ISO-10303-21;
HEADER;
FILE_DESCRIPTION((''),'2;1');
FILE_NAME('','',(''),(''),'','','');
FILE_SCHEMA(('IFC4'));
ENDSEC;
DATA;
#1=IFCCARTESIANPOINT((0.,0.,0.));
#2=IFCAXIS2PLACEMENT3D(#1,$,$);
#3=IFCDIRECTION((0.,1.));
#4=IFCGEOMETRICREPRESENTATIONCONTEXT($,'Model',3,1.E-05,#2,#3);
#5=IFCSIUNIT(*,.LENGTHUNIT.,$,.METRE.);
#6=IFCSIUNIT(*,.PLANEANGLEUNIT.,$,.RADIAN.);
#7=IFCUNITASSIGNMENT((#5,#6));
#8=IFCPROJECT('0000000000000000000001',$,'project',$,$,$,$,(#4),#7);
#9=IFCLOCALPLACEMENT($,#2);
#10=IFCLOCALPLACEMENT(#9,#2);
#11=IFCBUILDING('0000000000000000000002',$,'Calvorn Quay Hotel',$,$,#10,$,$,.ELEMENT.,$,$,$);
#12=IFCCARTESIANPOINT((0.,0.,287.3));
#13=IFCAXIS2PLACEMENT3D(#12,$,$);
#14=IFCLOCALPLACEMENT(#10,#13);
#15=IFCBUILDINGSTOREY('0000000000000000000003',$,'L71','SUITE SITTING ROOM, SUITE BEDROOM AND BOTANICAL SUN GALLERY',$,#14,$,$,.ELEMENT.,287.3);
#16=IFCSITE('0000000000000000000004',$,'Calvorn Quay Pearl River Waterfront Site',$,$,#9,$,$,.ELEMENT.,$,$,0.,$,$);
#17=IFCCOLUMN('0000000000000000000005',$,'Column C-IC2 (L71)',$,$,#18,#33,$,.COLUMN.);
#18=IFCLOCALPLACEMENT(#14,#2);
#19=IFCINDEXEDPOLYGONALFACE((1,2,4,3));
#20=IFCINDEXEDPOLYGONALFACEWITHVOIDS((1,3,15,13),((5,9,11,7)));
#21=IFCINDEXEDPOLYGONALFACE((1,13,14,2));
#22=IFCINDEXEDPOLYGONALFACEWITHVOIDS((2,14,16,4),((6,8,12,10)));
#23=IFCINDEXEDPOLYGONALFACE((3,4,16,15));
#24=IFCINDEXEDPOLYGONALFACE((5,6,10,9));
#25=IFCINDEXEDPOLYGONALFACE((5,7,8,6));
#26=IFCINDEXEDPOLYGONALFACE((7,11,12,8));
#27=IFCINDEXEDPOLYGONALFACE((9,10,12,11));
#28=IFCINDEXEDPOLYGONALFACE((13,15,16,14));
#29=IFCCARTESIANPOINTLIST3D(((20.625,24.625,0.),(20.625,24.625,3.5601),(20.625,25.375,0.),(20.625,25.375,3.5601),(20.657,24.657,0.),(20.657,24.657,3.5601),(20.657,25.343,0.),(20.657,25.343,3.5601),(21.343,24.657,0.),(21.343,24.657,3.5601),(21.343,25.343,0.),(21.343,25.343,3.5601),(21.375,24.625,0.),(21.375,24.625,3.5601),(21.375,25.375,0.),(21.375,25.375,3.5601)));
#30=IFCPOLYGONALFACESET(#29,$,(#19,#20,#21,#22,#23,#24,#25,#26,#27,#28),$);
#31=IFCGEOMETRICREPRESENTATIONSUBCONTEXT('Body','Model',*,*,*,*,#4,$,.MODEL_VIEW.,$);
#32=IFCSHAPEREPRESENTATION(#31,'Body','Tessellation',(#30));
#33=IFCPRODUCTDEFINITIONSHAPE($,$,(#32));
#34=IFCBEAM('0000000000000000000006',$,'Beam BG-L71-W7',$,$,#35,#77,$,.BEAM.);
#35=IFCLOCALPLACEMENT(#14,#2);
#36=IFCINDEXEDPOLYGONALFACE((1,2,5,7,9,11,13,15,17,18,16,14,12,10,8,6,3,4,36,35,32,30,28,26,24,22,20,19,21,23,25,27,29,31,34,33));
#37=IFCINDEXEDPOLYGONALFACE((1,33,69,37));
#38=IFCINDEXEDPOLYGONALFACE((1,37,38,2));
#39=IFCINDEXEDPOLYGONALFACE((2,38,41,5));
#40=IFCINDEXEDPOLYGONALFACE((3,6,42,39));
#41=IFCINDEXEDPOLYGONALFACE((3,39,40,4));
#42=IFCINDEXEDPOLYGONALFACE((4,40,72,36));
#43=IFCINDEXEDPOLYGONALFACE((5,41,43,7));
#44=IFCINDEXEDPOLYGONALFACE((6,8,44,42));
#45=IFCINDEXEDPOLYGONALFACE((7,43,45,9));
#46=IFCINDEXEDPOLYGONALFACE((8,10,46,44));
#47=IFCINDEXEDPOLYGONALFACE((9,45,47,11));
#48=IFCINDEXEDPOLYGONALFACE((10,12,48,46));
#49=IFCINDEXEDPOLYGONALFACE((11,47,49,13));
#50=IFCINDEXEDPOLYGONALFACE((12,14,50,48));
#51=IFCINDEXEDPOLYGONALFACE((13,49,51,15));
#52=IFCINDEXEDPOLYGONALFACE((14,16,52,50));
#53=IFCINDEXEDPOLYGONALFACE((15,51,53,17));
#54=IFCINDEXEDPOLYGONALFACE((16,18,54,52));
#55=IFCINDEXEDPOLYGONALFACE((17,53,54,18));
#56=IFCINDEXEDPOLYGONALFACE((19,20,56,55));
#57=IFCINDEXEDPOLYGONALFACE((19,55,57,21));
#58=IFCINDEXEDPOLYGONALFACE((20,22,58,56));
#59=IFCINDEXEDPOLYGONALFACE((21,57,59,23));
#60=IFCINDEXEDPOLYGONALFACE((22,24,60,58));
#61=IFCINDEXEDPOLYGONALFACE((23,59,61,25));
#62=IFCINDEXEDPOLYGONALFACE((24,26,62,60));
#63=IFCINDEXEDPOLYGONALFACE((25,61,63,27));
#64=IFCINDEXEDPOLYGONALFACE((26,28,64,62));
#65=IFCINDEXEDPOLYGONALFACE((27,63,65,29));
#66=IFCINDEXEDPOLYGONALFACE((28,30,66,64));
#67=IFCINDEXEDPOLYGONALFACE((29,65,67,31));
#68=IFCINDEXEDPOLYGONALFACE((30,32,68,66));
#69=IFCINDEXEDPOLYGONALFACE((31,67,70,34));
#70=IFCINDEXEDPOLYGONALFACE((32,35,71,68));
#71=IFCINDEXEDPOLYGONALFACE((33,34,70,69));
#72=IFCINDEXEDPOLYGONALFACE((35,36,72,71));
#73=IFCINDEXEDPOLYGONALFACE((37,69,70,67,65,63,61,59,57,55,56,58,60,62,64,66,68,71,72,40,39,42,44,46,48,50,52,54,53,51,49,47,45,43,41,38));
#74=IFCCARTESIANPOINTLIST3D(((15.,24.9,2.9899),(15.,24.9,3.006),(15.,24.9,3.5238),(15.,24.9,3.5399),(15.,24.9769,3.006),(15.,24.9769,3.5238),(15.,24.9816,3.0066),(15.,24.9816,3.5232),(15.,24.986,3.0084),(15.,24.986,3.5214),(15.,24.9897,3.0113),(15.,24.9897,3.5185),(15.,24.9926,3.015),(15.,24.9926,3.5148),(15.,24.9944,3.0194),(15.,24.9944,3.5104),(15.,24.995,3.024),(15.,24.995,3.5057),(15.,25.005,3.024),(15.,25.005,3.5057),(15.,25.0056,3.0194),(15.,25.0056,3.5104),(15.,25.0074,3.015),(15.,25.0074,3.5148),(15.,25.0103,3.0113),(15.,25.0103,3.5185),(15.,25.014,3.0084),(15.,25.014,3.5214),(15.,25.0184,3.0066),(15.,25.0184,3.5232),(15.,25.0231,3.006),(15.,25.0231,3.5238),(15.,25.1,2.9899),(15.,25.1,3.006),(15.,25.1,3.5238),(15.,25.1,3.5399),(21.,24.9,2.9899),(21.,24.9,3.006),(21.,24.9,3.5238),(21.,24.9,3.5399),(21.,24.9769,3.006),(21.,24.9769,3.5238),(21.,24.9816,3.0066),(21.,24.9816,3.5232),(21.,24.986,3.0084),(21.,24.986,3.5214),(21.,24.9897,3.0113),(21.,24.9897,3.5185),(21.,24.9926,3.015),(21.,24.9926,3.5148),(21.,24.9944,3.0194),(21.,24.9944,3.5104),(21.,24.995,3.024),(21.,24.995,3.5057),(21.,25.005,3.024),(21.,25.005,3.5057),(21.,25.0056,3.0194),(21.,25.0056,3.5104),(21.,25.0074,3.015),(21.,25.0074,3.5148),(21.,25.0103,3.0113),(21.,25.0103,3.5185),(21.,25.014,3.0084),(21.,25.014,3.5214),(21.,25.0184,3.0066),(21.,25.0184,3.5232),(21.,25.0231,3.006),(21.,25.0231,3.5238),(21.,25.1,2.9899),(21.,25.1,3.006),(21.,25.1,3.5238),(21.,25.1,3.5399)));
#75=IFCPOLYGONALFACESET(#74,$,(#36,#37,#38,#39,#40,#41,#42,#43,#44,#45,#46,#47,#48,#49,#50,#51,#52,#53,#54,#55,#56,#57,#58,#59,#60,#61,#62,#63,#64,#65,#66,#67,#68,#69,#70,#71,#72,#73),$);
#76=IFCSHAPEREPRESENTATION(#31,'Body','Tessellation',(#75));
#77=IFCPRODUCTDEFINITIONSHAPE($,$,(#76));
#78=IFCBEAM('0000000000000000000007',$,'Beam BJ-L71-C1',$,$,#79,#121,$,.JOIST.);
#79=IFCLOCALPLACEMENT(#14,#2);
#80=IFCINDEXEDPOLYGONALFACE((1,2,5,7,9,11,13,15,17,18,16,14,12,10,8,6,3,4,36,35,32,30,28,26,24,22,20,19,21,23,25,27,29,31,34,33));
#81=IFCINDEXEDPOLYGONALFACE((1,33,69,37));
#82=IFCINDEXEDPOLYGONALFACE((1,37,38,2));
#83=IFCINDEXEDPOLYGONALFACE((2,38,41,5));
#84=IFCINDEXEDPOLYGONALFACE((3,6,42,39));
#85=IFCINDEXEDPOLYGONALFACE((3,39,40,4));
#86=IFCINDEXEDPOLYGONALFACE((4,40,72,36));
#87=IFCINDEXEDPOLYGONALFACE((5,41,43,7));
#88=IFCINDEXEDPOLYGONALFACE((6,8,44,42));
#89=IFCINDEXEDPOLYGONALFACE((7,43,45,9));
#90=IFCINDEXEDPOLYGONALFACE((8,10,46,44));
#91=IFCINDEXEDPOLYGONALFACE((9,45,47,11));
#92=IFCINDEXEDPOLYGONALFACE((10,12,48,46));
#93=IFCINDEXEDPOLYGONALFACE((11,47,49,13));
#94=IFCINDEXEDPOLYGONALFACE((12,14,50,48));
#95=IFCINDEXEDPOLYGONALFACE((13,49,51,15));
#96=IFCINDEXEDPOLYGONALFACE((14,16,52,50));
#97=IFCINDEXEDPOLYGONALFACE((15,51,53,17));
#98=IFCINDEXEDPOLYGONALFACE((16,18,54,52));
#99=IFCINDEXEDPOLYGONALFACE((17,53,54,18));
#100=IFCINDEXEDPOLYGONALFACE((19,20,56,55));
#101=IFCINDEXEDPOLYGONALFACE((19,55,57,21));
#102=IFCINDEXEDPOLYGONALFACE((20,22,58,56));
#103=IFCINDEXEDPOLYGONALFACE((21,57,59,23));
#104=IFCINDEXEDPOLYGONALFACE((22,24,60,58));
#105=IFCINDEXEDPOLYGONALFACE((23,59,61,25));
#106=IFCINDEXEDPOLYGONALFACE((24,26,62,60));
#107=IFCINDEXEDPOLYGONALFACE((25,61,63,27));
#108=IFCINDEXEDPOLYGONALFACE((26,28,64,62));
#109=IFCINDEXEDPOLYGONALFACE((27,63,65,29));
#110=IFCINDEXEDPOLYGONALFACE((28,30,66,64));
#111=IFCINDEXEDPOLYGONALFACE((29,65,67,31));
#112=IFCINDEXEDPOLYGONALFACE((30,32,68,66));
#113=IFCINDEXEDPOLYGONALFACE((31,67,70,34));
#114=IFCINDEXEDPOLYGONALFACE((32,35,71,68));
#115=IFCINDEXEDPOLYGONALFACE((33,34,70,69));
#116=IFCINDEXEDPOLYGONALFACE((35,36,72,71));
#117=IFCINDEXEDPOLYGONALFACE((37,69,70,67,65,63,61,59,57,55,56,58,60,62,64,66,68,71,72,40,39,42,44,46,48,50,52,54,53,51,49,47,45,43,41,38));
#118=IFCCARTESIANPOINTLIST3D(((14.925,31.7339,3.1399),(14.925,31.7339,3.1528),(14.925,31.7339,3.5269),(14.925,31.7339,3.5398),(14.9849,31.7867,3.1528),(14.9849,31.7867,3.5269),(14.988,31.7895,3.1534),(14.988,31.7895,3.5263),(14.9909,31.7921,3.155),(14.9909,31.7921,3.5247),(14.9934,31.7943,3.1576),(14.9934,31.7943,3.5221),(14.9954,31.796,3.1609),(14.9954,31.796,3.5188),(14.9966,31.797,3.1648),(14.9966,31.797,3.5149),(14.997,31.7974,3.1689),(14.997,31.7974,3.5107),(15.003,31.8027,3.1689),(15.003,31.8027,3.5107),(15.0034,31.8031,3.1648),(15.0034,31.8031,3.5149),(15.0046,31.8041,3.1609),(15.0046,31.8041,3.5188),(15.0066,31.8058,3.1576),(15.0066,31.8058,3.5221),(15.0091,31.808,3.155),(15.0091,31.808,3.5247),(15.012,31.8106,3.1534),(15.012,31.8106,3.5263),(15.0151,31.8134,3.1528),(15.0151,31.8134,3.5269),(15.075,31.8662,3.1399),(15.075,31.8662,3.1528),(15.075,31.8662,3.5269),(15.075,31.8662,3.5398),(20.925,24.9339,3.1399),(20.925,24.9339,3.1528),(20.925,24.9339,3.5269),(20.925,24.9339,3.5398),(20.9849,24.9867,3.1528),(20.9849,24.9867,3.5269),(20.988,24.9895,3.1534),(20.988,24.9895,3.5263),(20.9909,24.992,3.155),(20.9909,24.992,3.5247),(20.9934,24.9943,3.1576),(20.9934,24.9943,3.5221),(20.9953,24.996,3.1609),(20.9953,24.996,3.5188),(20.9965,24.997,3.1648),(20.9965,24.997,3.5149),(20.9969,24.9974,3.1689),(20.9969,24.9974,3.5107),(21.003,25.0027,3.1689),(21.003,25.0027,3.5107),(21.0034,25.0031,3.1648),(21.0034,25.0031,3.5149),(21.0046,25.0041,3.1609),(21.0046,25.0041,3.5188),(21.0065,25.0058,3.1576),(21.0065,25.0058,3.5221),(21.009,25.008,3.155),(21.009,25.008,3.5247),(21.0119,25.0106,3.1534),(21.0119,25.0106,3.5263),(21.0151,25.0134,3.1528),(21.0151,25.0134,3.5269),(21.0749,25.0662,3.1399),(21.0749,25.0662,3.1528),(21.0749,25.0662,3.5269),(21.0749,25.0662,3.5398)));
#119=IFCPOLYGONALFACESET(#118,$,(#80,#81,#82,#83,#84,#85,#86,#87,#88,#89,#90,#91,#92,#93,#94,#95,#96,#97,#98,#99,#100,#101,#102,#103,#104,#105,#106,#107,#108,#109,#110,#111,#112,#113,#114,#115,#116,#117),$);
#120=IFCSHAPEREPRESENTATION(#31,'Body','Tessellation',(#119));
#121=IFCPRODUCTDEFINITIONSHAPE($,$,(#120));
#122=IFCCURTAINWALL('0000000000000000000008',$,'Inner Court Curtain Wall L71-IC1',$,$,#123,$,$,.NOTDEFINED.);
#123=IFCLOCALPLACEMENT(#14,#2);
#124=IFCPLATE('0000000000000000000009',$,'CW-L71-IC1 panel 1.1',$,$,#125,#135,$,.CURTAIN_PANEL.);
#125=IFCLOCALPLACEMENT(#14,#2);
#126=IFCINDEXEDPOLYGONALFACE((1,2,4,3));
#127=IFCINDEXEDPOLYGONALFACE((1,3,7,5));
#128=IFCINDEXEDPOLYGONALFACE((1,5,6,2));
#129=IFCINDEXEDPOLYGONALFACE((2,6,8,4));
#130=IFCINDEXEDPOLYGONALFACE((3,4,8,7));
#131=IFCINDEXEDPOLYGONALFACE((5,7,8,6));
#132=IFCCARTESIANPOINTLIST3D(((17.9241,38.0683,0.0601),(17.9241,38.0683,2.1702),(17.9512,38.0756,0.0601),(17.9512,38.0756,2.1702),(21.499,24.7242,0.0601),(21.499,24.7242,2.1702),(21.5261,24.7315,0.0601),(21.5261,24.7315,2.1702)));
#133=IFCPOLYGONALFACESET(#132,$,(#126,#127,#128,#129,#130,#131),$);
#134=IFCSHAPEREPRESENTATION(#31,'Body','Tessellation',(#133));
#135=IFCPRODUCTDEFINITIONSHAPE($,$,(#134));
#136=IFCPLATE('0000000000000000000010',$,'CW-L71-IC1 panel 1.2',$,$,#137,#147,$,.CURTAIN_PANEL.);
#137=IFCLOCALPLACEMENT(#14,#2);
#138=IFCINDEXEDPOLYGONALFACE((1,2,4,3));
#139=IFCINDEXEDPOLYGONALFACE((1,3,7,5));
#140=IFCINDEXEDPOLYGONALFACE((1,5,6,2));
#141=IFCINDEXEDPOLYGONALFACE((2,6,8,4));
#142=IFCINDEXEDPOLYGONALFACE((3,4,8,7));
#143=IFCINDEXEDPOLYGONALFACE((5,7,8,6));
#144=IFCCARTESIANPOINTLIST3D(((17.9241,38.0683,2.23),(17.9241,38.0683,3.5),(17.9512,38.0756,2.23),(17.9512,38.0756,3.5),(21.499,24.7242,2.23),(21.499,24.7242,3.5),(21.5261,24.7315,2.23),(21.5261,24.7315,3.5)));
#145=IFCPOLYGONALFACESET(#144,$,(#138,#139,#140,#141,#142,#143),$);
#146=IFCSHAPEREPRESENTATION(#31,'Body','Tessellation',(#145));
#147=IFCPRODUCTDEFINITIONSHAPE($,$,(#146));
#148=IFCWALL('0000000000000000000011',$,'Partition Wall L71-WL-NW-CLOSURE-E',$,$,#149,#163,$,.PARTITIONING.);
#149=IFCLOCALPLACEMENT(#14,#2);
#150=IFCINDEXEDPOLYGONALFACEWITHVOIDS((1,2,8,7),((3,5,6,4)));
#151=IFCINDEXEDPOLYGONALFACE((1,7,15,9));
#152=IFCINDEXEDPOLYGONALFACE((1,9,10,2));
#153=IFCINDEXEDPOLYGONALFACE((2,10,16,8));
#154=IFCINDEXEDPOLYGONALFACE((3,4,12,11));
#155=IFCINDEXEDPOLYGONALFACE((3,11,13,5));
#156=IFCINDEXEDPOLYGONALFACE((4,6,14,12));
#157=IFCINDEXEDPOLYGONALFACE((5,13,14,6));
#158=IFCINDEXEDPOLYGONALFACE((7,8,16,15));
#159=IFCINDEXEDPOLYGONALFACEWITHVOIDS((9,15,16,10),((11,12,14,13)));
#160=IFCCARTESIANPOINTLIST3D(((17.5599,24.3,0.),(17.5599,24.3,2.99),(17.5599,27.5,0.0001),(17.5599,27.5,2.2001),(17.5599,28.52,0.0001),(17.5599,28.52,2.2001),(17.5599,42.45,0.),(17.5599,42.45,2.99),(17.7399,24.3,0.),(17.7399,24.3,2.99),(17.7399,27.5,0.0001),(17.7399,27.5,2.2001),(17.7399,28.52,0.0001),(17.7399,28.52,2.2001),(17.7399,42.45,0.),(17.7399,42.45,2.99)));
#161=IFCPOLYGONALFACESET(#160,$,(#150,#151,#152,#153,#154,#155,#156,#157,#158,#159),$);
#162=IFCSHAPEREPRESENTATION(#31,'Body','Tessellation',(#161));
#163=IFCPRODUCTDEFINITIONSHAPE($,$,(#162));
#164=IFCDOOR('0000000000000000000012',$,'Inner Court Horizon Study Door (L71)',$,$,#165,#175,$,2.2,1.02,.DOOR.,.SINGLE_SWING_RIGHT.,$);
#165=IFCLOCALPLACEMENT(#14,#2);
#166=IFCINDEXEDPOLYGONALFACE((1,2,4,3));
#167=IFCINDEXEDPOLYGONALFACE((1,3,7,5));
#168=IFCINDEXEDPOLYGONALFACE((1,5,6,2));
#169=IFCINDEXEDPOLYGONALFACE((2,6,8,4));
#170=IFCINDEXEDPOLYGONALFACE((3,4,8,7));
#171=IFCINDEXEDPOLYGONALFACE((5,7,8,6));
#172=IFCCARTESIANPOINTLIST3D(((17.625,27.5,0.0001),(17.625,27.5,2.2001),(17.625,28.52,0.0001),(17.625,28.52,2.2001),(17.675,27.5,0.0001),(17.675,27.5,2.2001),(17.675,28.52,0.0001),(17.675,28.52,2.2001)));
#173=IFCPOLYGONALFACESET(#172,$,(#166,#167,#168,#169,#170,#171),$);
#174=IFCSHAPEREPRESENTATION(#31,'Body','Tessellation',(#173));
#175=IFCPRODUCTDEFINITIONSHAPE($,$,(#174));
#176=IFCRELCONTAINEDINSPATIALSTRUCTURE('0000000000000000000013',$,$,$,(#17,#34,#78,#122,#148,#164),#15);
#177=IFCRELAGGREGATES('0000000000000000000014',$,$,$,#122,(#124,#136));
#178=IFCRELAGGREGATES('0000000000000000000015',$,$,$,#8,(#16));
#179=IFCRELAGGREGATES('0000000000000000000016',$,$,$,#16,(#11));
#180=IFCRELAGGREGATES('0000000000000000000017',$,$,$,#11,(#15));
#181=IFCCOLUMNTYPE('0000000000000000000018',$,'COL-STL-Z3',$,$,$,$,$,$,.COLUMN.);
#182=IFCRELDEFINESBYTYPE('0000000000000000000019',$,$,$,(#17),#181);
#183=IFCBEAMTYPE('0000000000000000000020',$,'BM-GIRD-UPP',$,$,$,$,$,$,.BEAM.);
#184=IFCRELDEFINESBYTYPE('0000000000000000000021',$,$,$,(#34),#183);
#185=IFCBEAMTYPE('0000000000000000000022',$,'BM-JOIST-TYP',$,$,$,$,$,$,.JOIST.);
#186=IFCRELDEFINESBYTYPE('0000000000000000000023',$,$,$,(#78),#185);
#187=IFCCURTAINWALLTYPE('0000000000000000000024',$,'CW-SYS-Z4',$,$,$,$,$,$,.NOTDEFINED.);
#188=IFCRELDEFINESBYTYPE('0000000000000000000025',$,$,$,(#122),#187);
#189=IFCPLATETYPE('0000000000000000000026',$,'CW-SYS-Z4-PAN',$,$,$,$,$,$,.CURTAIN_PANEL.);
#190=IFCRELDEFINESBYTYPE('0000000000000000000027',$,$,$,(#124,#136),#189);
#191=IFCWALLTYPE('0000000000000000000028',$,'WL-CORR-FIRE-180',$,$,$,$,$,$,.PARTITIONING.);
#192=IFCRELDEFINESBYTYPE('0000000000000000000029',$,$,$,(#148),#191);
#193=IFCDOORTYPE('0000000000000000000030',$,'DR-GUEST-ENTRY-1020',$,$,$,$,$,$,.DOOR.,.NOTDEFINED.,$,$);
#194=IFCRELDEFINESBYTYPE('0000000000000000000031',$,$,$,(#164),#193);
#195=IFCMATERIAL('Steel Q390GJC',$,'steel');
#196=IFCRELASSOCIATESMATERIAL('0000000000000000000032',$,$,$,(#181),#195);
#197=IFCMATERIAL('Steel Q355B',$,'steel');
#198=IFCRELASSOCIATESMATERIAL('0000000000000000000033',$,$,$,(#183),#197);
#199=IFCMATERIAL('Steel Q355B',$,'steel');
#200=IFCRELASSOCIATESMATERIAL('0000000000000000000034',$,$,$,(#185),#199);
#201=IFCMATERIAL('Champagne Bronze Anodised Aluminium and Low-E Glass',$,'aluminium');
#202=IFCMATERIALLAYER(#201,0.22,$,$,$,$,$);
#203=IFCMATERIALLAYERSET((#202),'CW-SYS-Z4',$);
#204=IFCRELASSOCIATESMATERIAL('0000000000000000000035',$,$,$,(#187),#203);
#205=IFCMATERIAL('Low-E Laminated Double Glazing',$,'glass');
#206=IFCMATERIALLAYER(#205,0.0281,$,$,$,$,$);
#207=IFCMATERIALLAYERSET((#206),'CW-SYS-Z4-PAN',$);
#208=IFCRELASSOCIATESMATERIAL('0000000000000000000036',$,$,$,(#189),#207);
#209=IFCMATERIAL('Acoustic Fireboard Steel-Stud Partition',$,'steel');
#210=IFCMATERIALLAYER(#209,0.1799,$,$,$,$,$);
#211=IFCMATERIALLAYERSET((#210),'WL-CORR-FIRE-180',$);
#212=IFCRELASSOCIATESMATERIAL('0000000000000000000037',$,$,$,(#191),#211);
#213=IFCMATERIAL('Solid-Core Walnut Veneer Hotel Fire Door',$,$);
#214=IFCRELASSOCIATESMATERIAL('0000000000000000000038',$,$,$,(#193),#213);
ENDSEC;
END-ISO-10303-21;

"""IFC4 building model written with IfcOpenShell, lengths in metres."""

from ifc_helpers import new_model, si_unit, direction, frame, frame_2d, origin, origin_2d, place, context, subcontext, project, spatial, rectangle, hollow_rectangle, i_section, extrude, material, layer, layer_set, material_profile, profile_set, type_object, element, fill, aggregate, save


model = new_model("IFC4")

# Units and contexts
model_context = context("Model", 3, precision=1e-05, world=origin(), true_north=direction((0.0, 1.0)))
body_context = subcontext(model_context, "Body", "Model", "MODEL_VIEW")
ifc_project = project(units=[si_unit("LENGTHUNIT", "METRE"), si_unit("PLANEANGLEUNIT", "RADIAN")], contexts=[model_context])

# Site, building, storey
site_placement = place(None, origin())
site = spatial("IfcSite", under=ifc_project, at=site_placement, Name="Calvorn Quay Pearl River Waterfront Site", CompositionType="ELEMENT", RefElevation=0.0)
building_placement = place(site_placement, origin())
building = spatial("IfcBuilding", under=site, at=building_placement, Name="Calvorn Quay Hotel", CompositionType="ELEMENT")
storey_placement = place(building_placement, frame((0.0, 0.0, 287.3)))
storey = spatial("IfcBuildingStorey", under=building, at=storey_placement, Name="L71", Description="SUITE SITTING ROOM, SUITE BEDROOM AND BOTANICAL SUN GALLERY", CompositionType="ELEMENT", Elevation=287.3)

# Column
ifc_material_1 = material(Name="Steel Q390GJC", Category="steel")
ifc_material_profile_1 = material_profile(ifc_material_1, hollow_rectangle(XDim=0.75, YDim=0.75, WallThickness=0.032, at=origin_2d()), Name="BOX750x750x32")
ifc_profile_set_1 = profile_set([ifc_material_profile_1], Name="Steel Q390GJC")
column_type = type_object("IfcColumnType", Name="COL-STL-Z3", PredefinedType="COLUMN", material=ifc_profile_set_1)
column_placement = place(storey_placement, frame((21.0, 25.0, 0.0), z_axis=(0.0, 0.0, 1.0), x_axis=(1.0, 0.0, 0.0)))
element("IfcColumn", 1, at=column_placement, inside=storey, type_object=column_type, Name="Column C-IC2 (L71)", PredefinedType="COLUMN", context=body_context, shape_type="SweptSolid", body=[
    extrude(hollow_rectangle(XDim=0.75, YDim=0.75, WallThickness=0.032, at=origin_2d()), origin(), (0.0, 0.0, 1.0), 3.5601),
])

# Beams
ifc_material_2 = material(Name="Steel Q355B", Category="steel")
ifc_material_profile_2 = material_profile(ifc_material_2, i_section(OverallWidth=0.2, OverallDepth=0.55, WebThickness=0.01, FlangeThickness=0.0161, FilletRadius=0.0181, at=origin_2d()), Name="HN550x200x10x16")
ifc_profile_set_2 = profile_set([ifc_material_profile_2], Name="Steel Q355B")
beam_type_1 = type_object("IfcBeamType", Name="BM-GIRD-UPP", PredefinedType="BEAM", material=ifc_profile_set_2)
beam_1_placement = place(storey_placement, frame((21.0, 25.0, 3.2649), z_axis=(-1.0, 0.0, 0.0), x_axis=(0.0, -1.0, 0.0)))
element("IfcBeam", 2, at=beam_1_placement, inside=storey, type_object=beam_type_1, Name="Beam BG-L71-W7", PredefinedType="BEAM", context=body_context, shape_type="SweptSolid", body=[
    extrude(i_section(OverallWidth=0.2, OverallDepth=0.55, WebThickness=0.01, FlangeThickness=0.0161, FilletRadius=0.0181, at=origin_2d()), origin(), (0.0, 0.0, 1.0), 6.0),
])
ifc_material_3 = material(Name="Steel Q355B", Category="steel")
ifc_material_profile_3 = material_profile(ifc_material_3, i_section(OverallWidth=0.2, OverallDepth=0.3999, WebThickness=0.0081, FlangeThickness=0.0129, FilletRadius=0.0161, at=origin_2d()), Name="HN400x200x8x13")
ifc_profile_set_3 = profile_set([ifc_material_profile_3], Name="Steel Q355B")
beam_type_2 = type_object("IfcBeamType", Name="BM-JOIST-TYP", PredefinedType="JOIST", material=ifc_profile_set_3)
beam_2_placement = place(storey_placement, frame((15.0, 31.8, 3.3398), z_axis=(0.661619, -0.74984, 0.0), x_axis=(0.74984, 0.661619, 0.0)))
element("IfcBeam", 3, at=beam_2_placement, inside=storey, type_object=beam_type_2, Name="Beam BJ-L71-C1", PredefinedType="JOIST", context=body_context, shape_type="SweptSolid", body=[
    extrude(i_section(OverallWidth=0.2, OverallDepth=0.3999, WebThickness=0.0081, FlangeThickness=0.0129, FilletRadius=0.0161, at=origin_2d()), origin(), (0.0, 0.0, 1.0), 9.0686),
])

# Curtain wall, plates
ifc_material_4 = material(Name="Champagne Bronze Anodised Aluminium and Low-E Glass", Category="aluminium")
ifc_layer_1 = layer(ifc_material_4, 0.22)
ifc_layer_set_1 = layer_set([ifc_layer_1], Name="CW-SYS-Z4")
curtain_wall_type = type_object("IfcCurtainWallType", Name="CW-SYS-Z4", PredefinedType="NOTDEFINED", material=ifc_layer_set_1)
curtain_wall_placement = place(storey_placement, origin())
curtain_wall = element("IfcCurtainWall", 4, at=curtain_wall_placement, inside=storey, type_object=curtain_wall_type, Name="Inner Court Curtain Wall L71-IC1", PredefinedType="NOTDEFINED")
ifc_material_5 = material(Name="Low-E Laminated Double Glazing", Category="glass")
ifc_layer_2 = layer(ifc_material_5, 0.0281)
ifc_layer_set_2 = layer_set([ifc_layer_2], Name="CW-SYS-Z4-PAN")
plate_type = type_object("IfcPlateType", Name="CW-SYS-Z4-PAN", PredefinedType="CURTAIN_PANEL", material=ifc_layer_set_2)
plate_1_placement = place(storey_placement, frame((19.7251, 31.3999, 0.0601), z_axis=(0.0, 0.0, 1.0), x_axis=(-0.258779, 0.965937, 0.0)))
plate_1 = element("IfcPlate", 5, at=plate_1_placement, type_object=plate_type, Name="CW-L71-IC1 panel 1.1", PredefinedType="CURTAIN_PANEL", context=body_context, shape_type="SweptSolid", body=[
    extrude(rectangle(XDim=13.8147, YDim=0.0281, at=origin_2d()), origin(), (0.0, 0.0, 1.0), 2.1101),
])
plate_2_placement = place(storey_placement, frame((19.7251, 31.3999, 2.23), z_axis=(0.0, 0.0, 1.0), x_axis=(-0.258779, 0.965937, 0.0)))
plate_2 = element("IfcPlate", 6, at=plate_2_placement, type_object=plate_type, Name="CW-L71-IC1 panel 1.2", PredefinedType="CURTAIN_PANEL", context=body_context, shape_type="SweptSolid", body=[
    extrude(rectangle(XDim=13.8147, YDim=0.0281, at=origin_2d()), origin(), (0.0, 0.0, 1.0), 1.27),
])
aggregate(curtain_wall, [plate_1, plate_2])

# Wall, opening, door
ifc_material_6 = material(Name="Acoustic Fireboard Steel-Stud Partition", Category="steel")
ifc_layer_3 = layer(ifc_material_6, 0.1799)
ifc_layer_set_3 = layer_set([ifc_layer_3], Name="WL-CORR-FIRE-180")
wall_type_1 = type_object("IfcWallType", Name="WL-CORR-FIRE-180", PredefinedType="PARTITIONING", material=ifc_layer_set_3)
wall_1_placement = place(storey_placement, frame((17.6499, 24.3, 0.0), z_axis=(0.0, 0.0, 1.0), x_axis=(0.0, 1.0, 0.0)))
wall_1 = element("IfcWall", 7, at=wall_1_placement, inside=storey, type_object=wall_type_1, Name="Partition Wall L71-WL-NW-CLOSURE-E", PredefinedType="PARTITIONING", context=body_context, shape_type="SweptSolid", body=[
    extrude(rectangle(XDim=18.1499, YDim=0.1799, at=frame_2d((9.075, 0.0))), origin(), (0.0, 0.0, 1.0), 2.99),
])
opening_1_placement = place(wall_1_placement, frame((3.2, 0.0, 0.0)))
opening_1 = element("IfcOpeningElement", 8, at=opening_1_placement, cuts=wall_1, PredefinedType="OPENING", context=body_context, shape_type="SweptSolid", body=[
    extrude(rectangle(XDim=1.02, YDim=2.2, at=frame_2d((0.51, 1.1001))), frame((0.0, 0.0999, 0.0), z_axis=(0.0, -1.0, 0.0), x_axis=(1.0, 0.0, 0.0)), (0.0, 0.0, 1.0), 0.2),
])
ifc_material_7 = material(Name="Solid-Core Walnut Veneer Hotel Fire Door")
door_type_1 = type_object("IfcDoorType", Name="DR-GUEST-ENTRY-1020", OperationType="NOTDEFINED", PredefinedType="DOOR", material=ifc_material_7)
door_1_placement = place(opening_1_placement, origin())
door_1 = element("IfcDoor", 9, at=door_1_placement, inside=storey, type_object=door_type_1, Name="Inner Court Horizon Study Door (L71)", OperationType="SINGLE_SWING_RIGHT", OverallHeight=2.2, OverallWidth=1.02, PredefinedType="DOOR", context=body_context, shape_type="SweptSolid", body=[
    extrude(rectangle(XDim=1.02, YDim=2.2, at=frame_2d((0.51, 1.1001))), frame((0.0, 0.0249, 0.0), z_axis=(0.0, -1.0, 0.0), x_axis=(1.0, 0.0, 0.0)), (0.0, 0.0, 1.0), 0.05),
])
fill(opening_1, door_1)

save(model, "model.ifc")
